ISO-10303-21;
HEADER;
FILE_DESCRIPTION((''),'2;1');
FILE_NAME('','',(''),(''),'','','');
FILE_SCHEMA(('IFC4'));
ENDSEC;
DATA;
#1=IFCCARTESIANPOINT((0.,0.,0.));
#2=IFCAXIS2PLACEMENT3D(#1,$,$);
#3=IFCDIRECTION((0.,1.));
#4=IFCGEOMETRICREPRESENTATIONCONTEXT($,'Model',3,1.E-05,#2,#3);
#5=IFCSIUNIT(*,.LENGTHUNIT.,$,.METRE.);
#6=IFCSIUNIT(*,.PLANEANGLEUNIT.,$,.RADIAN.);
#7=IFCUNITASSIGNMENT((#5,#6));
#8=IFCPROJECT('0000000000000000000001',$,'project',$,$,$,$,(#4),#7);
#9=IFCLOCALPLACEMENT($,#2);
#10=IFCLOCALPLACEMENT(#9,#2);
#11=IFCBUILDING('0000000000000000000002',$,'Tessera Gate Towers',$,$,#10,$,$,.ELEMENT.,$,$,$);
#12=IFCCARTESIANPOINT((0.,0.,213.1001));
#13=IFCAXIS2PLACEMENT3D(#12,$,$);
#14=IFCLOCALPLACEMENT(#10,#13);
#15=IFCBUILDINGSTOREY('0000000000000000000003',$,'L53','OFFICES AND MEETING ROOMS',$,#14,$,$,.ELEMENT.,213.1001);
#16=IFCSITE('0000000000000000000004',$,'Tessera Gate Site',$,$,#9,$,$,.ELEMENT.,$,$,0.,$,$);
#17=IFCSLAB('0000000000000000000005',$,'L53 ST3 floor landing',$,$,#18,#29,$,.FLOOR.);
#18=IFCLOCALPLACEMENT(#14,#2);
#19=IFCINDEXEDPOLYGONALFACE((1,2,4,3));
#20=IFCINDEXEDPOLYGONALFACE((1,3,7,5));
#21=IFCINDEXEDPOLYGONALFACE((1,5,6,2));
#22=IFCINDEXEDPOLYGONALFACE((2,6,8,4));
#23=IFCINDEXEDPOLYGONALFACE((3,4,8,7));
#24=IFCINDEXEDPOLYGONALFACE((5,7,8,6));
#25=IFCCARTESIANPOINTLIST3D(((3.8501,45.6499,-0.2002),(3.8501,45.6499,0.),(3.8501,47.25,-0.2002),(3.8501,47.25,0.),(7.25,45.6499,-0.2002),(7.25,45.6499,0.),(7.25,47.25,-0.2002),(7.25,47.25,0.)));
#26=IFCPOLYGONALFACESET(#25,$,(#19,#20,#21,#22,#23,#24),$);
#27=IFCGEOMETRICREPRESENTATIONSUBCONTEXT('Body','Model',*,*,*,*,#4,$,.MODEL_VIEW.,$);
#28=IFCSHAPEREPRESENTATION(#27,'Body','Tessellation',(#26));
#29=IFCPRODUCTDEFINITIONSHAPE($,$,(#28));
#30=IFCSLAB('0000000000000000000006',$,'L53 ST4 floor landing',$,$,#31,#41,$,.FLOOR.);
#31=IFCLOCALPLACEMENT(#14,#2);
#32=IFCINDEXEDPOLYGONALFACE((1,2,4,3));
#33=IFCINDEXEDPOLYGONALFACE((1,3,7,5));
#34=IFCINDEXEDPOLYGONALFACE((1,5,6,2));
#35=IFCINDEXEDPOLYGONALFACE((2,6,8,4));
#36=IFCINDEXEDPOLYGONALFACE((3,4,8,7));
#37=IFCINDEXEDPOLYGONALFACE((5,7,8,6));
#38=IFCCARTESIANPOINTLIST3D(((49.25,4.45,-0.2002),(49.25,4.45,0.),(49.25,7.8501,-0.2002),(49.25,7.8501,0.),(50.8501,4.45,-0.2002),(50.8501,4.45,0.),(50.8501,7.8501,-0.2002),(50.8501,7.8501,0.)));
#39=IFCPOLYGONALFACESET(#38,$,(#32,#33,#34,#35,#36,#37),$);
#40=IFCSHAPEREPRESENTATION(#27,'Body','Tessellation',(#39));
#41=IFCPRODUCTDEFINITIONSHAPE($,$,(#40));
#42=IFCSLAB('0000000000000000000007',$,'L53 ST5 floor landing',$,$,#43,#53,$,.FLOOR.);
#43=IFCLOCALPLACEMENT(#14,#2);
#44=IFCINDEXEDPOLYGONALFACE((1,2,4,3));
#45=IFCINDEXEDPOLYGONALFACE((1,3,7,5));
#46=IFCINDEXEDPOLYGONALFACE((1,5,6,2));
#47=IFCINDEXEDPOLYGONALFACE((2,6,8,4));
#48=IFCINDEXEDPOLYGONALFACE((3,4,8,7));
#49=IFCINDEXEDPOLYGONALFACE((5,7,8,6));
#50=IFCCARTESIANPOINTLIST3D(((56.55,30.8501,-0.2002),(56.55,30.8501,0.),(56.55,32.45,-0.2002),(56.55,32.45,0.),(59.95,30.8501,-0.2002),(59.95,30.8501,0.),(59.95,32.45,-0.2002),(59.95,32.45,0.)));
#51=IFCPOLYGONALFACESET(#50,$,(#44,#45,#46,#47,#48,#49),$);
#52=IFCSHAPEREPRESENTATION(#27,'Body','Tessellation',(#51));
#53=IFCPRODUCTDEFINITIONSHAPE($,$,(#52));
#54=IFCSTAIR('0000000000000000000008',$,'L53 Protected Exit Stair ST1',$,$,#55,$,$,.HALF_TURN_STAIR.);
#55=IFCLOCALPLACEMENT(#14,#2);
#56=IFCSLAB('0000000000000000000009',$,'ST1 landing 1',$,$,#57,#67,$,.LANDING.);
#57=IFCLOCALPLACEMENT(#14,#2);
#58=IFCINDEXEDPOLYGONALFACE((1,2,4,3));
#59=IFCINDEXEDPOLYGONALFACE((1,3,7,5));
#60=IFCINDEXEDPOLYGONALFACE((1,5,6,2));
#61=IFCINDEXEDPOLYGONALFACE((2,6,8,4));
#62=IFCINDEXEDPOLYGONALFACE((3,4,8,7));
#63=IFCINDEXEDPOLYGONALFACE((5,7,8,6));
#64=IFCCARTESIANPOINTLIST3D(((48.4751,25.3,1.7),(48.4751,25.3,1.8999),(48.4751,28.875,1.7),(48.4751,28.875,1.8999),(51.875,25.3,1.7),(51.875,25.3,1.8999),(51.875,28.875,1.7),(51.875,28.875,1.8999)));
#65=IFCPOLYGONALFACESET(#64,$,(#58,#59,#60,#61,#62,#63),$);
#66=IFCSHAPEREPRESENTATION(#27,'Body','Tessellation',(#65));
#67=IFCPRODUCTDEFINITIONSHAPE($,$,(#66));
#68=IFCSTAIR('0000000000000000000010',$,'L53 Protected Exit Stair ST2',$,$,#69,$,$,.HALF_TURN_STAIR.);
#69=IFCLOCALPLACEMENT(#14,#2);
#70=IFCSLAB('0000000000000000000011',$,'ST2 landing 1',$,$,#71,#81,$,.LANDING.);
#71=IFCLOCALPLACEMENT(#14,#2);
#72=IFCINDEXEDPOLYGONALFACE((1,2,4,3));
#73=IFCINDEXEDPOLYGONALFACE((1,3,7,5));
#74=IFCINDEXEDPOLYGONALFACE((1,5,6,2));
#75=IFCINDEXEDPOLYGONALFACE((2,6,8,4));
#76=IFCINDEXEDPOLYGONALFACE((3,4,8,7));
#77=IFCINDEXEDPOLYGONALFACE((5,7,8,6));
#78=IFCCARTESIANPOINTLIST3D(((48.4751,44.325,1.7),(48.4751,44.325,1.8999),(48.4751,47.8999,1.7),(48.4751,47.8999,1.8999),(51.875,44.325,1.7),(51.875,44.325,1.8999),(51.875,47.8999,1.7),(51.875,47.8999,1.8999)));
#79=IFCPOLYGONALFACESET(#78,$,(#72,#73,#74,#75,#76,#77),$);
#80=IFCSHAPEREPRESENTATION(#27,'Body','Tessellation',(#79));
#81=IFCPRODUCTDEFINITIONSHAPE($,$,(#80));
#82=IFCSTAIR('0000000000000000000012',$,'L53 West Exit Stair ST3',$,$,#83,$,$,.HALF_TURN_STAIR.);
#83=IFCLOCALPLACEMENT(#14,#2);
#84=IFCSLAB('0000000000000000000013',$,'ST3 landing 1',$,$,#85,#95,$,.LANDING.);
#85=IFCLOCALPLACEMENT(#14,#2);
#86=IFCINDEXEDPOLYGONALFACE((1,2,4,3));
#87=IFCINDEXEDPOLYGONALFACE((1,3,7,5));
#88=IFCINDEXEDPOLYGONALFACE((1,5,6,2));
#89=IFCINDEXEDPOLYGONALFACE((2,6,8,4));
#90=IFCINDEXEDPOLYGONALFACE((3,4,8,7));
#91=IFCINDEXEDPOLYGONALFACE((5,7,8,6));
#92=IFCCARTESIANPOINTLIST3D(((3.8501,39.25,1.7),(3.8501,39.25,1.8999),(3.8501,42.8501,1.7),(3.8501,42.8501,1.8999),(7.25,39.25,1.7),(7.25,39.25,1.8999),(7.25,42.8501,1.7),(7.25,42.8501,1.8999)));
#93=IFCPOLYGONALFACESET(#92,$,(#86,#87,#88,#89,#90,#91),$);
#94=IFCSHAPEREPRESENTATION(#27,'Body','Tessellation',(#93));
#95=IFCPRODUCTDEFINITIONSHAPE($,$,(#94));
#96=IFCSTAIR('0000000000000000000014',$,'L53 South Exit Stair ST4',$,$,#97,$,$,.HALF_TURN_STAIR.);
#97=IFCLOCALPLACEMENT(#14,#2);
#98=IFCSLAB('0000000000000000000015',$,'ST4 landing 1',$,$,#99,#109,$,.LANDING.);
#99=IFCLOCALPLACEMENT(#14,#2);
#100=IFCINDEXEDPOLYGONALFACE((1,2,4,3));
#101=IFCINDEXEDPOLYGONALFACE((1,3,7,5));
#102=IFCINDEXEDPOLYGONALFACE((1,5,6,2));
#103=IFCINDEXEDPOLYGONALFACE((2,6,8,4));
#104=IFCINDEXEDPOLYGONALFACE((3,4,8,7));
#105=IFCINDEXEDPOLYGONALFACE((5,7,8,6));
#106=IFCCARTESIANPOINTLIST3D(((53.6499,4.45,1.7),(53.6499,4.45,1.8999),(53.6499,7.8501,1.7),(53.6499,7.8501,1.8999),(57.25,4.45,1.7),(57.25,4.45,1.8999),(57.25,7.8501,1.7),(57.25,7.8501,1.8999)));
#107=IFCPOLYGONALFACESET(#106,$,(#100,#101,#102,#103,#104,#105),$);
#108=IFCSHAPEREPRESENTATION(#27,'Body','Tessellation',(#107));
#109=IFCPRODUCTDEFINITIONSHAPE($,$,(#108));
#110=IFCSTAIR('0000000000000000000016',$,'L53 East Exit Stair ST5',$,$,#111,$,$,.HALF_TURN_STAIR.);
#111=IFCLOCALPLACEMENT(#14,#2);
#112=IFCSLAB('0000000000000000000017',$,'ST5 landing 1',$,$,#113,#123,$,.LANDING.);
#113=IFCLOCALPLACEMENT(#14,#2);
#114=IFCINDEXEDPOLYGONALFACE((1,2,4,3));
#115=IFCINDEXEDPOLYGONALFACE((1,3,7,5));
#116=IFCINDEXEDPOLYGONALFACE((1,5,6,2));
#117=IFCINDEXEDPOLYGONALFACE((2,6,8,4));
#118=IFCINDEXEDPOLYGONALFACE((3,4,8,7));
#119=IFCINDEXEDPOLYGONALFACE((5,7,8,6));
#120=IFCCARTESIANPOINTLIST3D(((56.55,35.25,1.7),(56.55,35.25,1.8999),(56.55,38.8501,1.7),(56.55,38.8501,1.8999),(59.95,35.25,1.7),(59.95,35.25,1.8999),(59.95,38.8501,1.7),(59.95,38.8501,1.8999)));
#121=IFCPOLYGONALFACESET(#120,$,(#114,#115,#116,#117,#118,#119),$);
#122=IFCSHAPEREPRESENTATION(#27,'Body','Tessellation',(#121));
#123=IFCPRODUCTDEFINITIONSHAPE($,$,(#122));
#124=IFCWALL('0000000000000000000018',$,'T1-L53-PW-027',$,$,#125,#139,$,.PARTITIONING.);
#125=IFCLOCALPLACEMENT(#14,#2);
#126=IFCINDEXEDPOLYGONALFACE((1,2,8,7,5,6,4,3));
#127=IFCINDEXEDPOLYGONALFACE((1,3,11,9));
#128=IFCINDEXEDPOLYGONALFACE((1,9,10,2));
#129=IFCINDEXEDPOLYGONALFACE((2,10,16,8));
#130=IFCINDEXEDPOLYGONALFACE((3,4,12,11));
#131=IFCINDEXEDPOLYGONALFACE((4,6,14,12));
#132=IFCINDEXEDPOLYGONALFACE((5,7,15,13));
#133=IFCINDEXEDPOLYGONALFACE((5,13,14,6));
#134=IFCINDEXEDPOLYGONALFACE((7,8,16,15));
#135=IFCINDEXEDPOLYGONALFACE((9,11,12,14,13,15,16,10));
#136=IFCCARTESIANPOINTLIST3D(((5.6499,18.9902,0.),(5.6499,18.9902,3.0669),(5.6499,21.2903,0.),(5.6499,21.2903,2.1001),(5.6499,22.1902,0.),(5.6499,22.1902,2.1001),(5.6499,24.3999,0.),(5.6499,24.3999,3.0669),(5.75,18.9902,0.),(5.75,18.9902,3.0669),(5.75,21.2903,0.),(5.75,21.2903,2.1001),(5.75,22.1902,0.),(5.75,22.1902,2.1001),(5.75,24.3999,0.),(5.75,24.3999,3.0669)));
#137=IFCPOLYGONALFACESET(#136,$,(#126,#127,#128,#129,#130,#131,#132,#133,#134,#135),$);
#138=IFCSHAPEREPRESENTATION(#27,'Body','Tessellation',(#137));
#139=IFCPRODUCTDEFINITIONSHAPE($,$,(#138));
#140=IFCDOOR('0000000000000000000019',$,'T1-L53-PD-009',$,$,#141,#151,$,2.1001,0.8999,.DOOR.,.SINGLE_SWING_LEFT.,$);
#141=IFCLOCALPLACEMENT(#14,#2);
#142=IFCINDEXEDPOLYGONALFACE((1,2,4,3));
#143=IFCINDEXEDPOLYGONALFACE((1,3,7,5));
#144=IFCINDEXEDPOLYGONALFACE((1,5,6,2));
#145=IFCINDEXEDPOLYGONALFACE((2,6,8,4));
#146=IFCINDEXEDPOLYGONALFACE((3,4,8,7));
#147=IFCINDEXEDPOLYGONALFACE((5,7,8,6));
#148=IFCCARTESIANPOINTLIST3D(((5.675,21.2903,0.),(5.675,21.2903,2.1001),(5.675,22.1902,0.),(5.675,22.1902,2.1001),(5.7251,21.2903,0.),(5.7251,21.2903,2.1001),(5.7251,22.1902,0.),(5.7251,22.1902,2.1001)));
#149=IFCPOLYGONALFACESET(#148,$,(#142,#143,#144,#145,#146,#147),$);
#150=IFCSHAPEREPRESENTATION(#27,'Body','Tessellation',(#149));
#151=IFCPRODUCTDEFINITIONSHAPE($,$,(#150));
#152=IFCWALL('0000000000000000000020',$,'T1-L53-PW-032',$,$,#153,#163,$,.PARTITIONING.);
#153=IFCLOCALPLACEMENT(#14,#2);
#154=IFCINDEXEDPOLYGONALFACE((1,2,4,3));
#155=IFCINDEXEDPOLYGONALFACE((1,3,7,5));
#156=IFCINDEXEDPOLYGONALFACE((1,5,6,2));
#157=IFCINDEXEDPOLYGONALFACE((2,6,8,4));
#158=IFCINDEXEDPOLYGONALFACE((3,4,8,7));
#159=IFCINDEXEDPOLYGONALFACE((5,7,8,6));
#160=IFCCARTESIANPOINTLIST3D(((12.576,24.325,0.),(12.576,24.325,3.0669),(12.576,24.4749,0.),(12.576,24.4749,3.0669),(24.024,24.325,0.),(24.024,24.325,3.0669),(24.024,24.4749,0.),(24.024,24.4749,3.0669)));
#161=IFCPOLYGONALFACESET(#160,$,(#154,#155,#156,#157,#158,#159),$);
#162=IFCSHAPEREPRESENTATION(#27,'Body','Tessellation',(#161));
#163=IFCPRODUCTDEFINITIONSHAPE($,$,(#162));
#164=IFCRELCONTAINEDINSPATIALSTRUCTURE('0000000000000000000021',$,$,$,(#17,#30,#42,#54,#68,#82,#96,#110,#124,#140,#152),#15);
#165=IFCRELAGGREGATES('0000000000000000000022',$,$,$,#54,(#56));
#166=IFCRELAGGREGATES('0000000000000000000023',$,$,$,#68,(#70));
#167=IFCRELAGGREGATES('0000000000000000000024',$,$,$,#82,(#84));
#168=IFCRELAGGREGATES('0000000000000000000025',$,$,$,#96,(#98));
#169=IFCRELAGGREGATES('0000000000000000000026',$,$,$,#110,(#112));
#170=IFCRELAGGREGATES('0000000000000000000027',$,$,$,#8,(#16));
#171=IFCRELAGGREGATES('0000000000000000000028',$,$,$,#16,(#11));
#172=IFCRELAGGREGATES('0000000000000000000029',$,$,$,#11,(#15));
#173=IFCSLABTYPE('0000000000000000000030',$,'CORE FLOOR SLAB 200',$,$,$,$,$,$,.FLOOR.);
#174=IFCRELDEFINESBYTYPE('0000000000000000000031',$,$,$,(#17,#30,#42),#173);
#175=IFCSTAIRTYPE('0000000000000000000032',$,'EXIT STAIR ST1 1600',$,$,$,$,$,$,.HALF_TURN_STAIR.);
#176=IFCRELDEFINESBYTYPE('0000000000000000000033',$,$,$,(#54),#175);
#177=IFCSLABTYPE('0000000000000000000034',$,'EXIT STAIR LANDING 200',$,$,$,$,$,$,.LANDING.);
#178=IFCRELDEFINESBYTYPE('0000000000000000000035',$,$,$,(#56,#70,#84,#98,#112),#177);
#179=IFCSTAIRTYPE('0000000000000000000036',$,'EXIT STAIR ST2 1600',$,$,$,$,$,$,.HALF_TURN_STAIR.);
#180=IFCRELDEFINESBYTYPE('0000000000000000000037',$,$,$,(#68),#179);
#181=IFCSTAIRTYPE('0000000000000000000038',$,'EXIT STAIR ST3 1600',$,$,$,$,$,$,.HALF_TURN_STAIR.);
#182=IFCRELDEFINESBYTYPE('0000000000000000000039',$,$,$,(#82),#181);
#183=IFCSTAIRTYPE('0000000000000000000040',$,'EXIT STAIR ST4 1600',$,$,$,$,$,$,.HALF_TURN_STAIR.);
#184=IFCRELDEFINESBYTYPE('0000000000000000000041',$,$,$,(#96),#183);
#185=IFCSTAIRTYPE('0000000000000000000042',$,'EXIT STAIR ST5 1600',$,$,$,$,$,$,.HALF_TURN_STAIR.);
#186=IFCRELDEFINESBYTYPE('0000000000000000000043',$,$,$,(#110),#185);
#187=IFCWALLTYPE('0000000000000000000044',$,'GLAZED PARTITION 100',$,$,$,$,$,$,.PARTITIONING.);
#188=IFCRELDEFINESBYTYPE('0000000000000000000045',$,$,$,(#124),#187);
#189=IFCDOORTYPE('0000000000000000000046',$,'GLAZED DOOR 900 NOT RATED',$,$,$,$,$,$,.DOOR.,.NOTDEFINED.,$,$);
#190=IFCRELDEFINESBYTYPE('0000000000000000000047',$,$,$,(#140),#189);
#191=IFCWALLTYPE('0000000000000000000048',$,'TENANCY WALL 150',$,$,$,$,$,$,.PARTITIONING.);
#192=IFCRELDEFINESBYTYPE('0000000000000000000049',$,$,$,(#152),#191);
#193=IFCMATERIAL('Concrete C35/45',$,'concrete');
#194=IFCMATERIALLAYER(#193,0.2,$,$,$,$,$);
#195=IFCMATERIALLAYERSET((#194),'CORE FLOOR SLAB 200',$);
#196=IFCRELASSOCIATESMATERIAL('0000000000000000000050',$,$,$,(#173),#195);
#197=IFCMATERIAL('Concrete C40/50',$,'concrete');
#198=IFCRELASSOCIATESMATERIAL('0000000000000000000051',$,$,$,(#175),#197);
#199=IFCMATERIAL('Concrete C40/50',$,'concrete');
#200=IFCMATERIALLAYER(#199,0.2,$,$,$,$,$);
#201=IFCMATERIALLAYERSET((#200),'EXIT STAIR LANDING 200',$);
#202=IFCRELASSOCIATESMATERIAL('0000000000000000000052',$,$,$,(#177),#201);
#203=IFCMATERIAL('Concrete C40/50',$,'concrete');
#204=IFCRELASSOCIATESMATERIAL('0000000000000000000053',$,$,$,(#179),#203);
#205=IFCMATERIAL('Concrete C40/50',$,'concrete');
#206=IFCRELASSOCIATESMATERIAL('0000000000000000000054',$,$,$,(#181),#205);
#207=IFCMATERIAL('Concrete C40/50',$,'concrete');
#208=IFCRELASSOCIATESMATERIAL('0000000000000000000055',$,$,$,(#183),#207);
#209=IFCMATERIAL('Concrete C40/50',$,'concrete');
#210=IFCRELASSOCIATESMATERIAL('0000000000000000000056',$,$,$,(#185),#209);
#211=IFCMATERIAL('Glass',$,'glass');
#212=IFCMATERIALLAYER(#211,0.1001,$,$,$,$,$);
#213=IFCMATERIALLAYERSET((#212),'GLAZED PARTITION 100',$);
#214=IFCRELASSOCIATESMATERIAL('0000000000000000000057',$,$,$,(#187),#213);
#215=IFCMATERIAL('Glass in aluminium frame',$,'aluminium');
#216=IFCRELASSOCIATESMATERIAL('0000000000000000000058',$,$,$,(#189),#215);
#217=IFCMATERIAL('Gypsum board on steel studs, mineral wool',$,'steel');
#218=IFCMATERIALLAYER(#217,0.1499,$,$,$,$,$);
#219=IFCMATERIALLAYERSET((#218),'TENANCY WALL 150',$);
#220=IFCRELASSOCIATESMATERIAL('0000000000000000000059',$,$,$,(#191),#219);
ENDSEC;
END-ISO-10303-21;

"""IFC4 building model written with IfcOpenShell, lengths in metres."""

from ifc_helpers import new_model, si_unit, direction, frame, frame_2d, origin, place, context, subcontext, project, spatial, polyline, rectangle, outline, extrude, source, transform, mapped, material, layer, layer_set, type_object, element, fill, aggregate, save


model = new_model("IFC4")

# Units and contexts
model_context = context("Model", 3, precision=1e-05, world=origin(), true_north=direction((0.0, 1.0)))
body_context = subcontext(model_context, "Body", "Model", "MODEL_VIEW")
ifc_project = project(units=[si_unit("LENGTHUNIT", "METRE"), si_unit("PLANEANGLEUNIT", "RADIAN")], contexts=[model_context])

# Site, building, storey
site_placement = place(None, origin())
site = spatial("IfcSite", under=ifc_project, at=site_placement, Name="Tessera Gate Site", CompositionType="ELEMENT", RefElevation=0.0)
building_placement = place(site_placement, origin())
building = spatial("IfcBuilding", under=site, at=building_placement, Name="Tessera Gate Towers", CompositionType="ELEMENT")
storey_placement = place(building_placement, frame((0.0, 0.0, 213.1001)))
storey = spatial("IfcBuildingStorey", under=building, at=storey_placement, Name="L53", Description="OFFICES AND MEETING ROOMS", CompositionType="ELEMENT", Elevation=213.1001)

# Slabs
ifc_material_1 = material(Name="Concrete C35/45", Category="concrete")
ifc_layer_1 = layer(ifc_material_1, 0.2)
ifc_layer_set_1 = layer_set([ifc_layer_1], Name="CORE FLOOR SLAB 200")
slab_type_1 = type_object("IfcSlabType", Name="CORE FLOOR SLAB 200", PredefinedType="FLOOR", material=ifc_layer_set_1)
slab_1_placement = place(storey_placement, frame((0.0, 0.0, -0.2002)))
element("IfcSlab", 1, at=slab_1_placement, inside=storey, type_object=slab_type_1, Name="L53 ST3 floor landing", PredefinedType="FLOOR", context=body_context, shape_type="SweptSolid", body=[
    extrude(outline(polyline([(3.8501, 47.25), (3.8501, 45.6499), (7.25, 45.6499), (7.25, 47.25), (3.8501, 47.25)])), origin(), (0.0, 0.0, 1.0), 0.2002),
])
slab_2_placement = place(storey_placement, frame((0.0, 0.0, -0.2002)))
element("IfcSlab", 2, at=slab_2_placement, inside=storey, type_object=slab_type_1, Name="L53 ST4 floor landing", PredefinedType="FLOOR", context=body_context, shape_type="SweptSolid", body=[
    extrude(outline(polyline([(49.25, 4.45), (50.8501, 4.45), (50.8501, 7.8501), (49.25, 7.8501), (49.25, 4.45)])), origin(), (0.0, 0.0, 1.0), 0.2002),
])
slab_3_placement = place(storey_placement, frame((0.0, 0.0, -0.2002)))
element("IfcSlab", 3, at=slab_3_placement, inside=storey, type_object=slab_type_1, Name="L53 ST5 floor landing", PredefinedType="FLOOR", context=body_context, shape_type="SweptSolid", body=[
    extrude(outline(polyline([(59.95, 30.8501), (59.95, 32.45), (56.55, 32.45), (56.55, 30.8501), (59.95, 30.8501)])), origin(), (0.0, 0.0, 1.0), 0.2002),
])

# Stairs, slabs
ifc_material_2 = material(Name="Concrete C40/50", Category="concrete")
stair_type_1 = type_object("IfcStairType", Name="EXIT STAIR ST1 1600", PredefinedType="HALF_TURN_STAIR", material=ifc_material_2)
stair_1_placement = place(storey_placement, origin())
stair_1 = element("IfcStair", 4, at=stair_1_placement, inside=storey, type_object=stair_type_1, Name="L53 Protected Exit Stair ST1", PredefinedType="HALF_TURN_STAIR")
ifc_material_3 = material(Name="Concrete C40/50", Category="concrete")
ifc_layer_2 = layer(ifc_material_3, 0.2)
ifc_layer_set_2 = layer_set([ifc_layer_2], Name="EXIT STAIR LANDING 200")
slab_type_2 = type_object("IfcSlabType", Name="EXIT STAIR LANDING 200", PredefinedType="LANDING", material=ifc_layer_set_2)
slab_4_placement = place(storey_placement, frame((0.0, 0.0, 1.7)))
slab_4 = element("IfcSlab", 5, at=slab_4_placement, type_object=slab_type_2, Name="ST1 landing 1", PredefinedType="LANDING", context=body_context, shape_type="SweptSolid", body=[
    extrude(outline(polyline([(48.4751, 28.875), (48.4751, 25.3), (51.875, 25.3), (51.875, 28.875), (48.4751, 28.875)])), origin(), (0.0, 0.0, 1.0), 0.2),
])
aggregate(stair_1, [slab_4])
ifc_material_4 = material(Name="Concrete C40/50", Category="concrete")
stair_type_2 = type_object("IfcStairType", Name="EXIT STAIR ST2 1600", PredefinedType="HALF_TURN_STAIR", material=ifc_material_4)
stair_2_placement = place(storey_placement, origin())
stair_2 = element("IfcStair", 6, at=stair_2_placement, inside=storey, type_object=stair_type_2, Name="L53 Protected Exit Stair ST2", PredefinedType="HALF_TURN_STAIR")
slab_5_placement = place(storey_placement, frame((0.0, 0.0, 1.7)))
slab_5 = element("IfcSlab", 7, at=slab_5_placement, type_object=slab_type_2, Name="ST2 landing 1", PredefinedType="LANDING", context=body_context, shape_type="SweptSolid", body=[
    extrude(outline(polyline([(51.875, 44.325), (51.875, 47.8999), (48.4751, 47.8999), (48.4751, 44.325), (51.875, 44.325)])), origin(), (0.0, 0.0, 1.0), 0.2),
])
aggregate(stair_2, [slab_5])
ifc_material_5 = material(Name="Concrete C40/50", Category="concrete")
stair_type_3 = type_object("IfcStairType", Name="EXIT STAIR ST3 1600", PredefinedType="HALF_TURN_STAIR", material=ifc_material_5)
stair_3_placement = place(storey_placement, origin())
stair_3 = element("IfcStair", 8, at=stair_3_placement, inside=storey, type_object=stair_type_3, Name="L53 West Exit Stair ST3", PredefinedType="HALF_TURN_STAIR")
slab_6_placement = place(storey_placement, frame((0.0, 0.0, 1.7)))
slab_6 = element("IfcSlab", 9, at=slab_6_placement, type_object=slab_type_2, Name="ST3 landing 1", PredefinedType="LANDING", context=body_context, shape_type="SweptSolid", body=[
    extrude(outline(polyline([(3.8501, 42.8501), (3.8501, 39.25), (7.25, 39.25), (7.25, 42.8501), (3.8501, 42.8501)])), origin(), (0.0, 0.0, 1.0), 0.2),
])
aggregate(stair_3, [slab_6])
ifc_material_6 = material(Name="Concrete C40/50", Category="concrete")
stair_type_4 = type_object("IfcStairType", Name="EXIT STAIR ST4 1600", PredefinedType="HALF_TURN_STAIR", material=ifc_material_6)
stair_4_placement = place(storey_placement, origin())
stair_4 = element("IfcStair", 10, at=stair_4_placement, inside=storey, type_object=stair_type_4, Name="L53 South Exit Stair ST4", PredefinedType="HALF_TURN_STAIR")
slab_7_placement = place(storey_placement, frame((0.0, 0.0, 1.7)))
slab_7 = element("IfcSlab", 11, at=slab_7_placement, type_object=slab_type_2, Name="ST4 landing 1", PredefinedType="LANDING", context=body_context, shape_type="SweptSolid", body=[
    extrude(outline(polyline([(53.6499, 4.45), (57.25, 4.45), (57.25, 7.8501), (53.6499, 7.8501), (53.6499, 4.45)])), origin(), (0.0, 0.0, 1.0), 0.2),
])
aggregate(stair_4, [slab_7])
ifc_material_7 = material(Name="Concrete C40/50", Category="concrete")
stair_type_5 = type_object("IfcStairType", Name="EXIT STAIR ST5 1600", PredefinedType="HALF_TURN_STAIR", material=ifc_material_7)
stair_5_placement = place(storey_placement, origin())
stair_5 = element("IfcStair", 12, at=stair_5_placement, inside=storey, type_object=stair_type_5, Name="L53 East Exit Stair ST5", PredefinedType="HALF_TURN_STAIR")
slab_8_placement = place(storey_placement, frame((0.0, 0.0, 1.7)))
slab_8 = element("IfcSlab", 13, at=slab_8_placement, type_object=slab_type_2, Name="ST5 landing 1", PredefinedType="LANDING", context=body_context, shape_type="SweptSolid", body=[
    extrude(outline(polyline([(59.95, 35.25), (59.95, 38.8501), (56.55, 38.8501), (56.55, 35.25), (59.95, 35.25)])), origin(), (0.0, 0.0, 1.0), 0.2),
])
aggregate(stair_5, [slab_8])

# Wall, opening, door
ifc_material_8 = material(Name="Glass", Category="glass")
ifc_layer_3 = layer(ifc_material_8, 0.1001)
ifc_layer_set_3 = layer_set([ifc_layer_3], Name="GLAZED PARTITION 100")
wall_type_1 = type_object("IfcWallType", Name="GLAZED PARTITION 100", PredefinedType="PARTITIONING", material=ifc_layer_set_3)
wall_1_placement = place(storey_placement, frame((5.7, 18.9902, 0.0), z_axis=(0.0, 0.0, 1.0), x_axis=(0.0, 1.0, 0.0)))
wall_1 = element("IfcWall", 14, at=wall_1_placement, inside=storey, type_object=wall_type_1, Name="T1-L53-PW-027", PredefinedType="PARTITIONING", context=body_context, shape_type="SweptSolid", body=[
    extrude(rectangle(XDim=5.4097, YDim=0.1001, at=frame_2d((2.7048, 0.0))), origin(), (0.0, 0.0, 1.0), 3.0669),
])
shared_shape_1 = source(origin(), body_context, "Body", "SweptSolid", [
    extrude(rectangle(XDim=0.8999, YDim=2.1001, at=frame_2d((0.45, 1.05))), frame((0.0, 0.0601, 0.0), z_axis=(0.0, -1.0, 0.0), x_axis=(1.0, 0.0, 0.0)), (0.0, 0.0, 1.0), 0.1201),
])
opening_1_placement = place(wall_1_placement, frame((2.3, 0.0, 0.0)))
opening_1 = element("IfcOpeningElement", 15, at=opening_1_placement, cuts=wall_1, PredefinedType="OPENING", context=body_context, shape_type="MappedRepresentation", body=[
    mapped(shared_shape_1, transform((0.0, 0.0, 0.0), scale=1.0)),
])
ifc_material_9 = material(Name="Glass in aluminium frame", Category="aluminium")
door_type_1 = type_object("IfcDoorType", Name="GLAZED DOOR 900 NOT RATED", OperationType="NOTDEFINED", PredefinedType="DOOR", material=ifc_material_9)
shared_shape_2 = source(origin(), body_context, "Body", "SweptSolid", [
    extrude(rectangle(XDim=0.8999, YDim=2.1001, at=frame_2d((0.45, 1.05))), frame((0.0, 0.0249, 0.0), z_axis=(0.0, -1.0, 0.0), x_axis=(1.0, 0.0, 0.0)), (0.0, 0.0, 1.0), 0.05),
])
door_1_placement = place(opening_1_placement, origin())
door_1 = element("IfcDoor", 16, at=door_1_placement, inside=storey, type_object=door_type_1, Name="T1-L53-PD-009", OperationType="SINGLE_SWING_LEFT", OverallHeight=2.1001, OverallWidth=0.8999, PredefinedType="DOOR", context=body_context, shape_type="MappedRepresentation", body=[
    mapped(shared_shape_2, transform((0.0, 0.0, 0.0), scale=1.0)),
])
fill(opening_1, door_1)

# Wall
ifc_material_10 = material(Name="Gypsum board on steel studs, mineral wool", Category="steel")
ifc_layer_4 = layer(ifc_material_10, 0.1499)
ifc_layer_set_4 = layer_set([ifc_layer_4], Name="TENANCY WALL 150")
wall_type_2 = type_object("IfcWallType", Name="TENANCY WALL 150", PredefinedType="PARTITIONING", material=ifc_layer_set_4)
wall_2_placement = place(storey_placement, frame((12.5759, 24.3999, 0.0), z_axis=(0.0, 0.0, 1.0), x_axis=(1.0, 0.0, 0.0)))
element("IfcWall", 17, at=wall_2_placement, inside=storey, type_object=wall_type_2, Name="T1-L53-PW-032", PredefinedType="PARTITIONING", context=body_context, shape_type="SweptSolid", body=[
    extrude(rectangle(XDim=11.448, YDim=0.1499, at=frame_2d((5.7241, 0.0))), origin(), (0.0, 0.0, 1.0), 3.0669),
])

save(model, "model.ifc")
